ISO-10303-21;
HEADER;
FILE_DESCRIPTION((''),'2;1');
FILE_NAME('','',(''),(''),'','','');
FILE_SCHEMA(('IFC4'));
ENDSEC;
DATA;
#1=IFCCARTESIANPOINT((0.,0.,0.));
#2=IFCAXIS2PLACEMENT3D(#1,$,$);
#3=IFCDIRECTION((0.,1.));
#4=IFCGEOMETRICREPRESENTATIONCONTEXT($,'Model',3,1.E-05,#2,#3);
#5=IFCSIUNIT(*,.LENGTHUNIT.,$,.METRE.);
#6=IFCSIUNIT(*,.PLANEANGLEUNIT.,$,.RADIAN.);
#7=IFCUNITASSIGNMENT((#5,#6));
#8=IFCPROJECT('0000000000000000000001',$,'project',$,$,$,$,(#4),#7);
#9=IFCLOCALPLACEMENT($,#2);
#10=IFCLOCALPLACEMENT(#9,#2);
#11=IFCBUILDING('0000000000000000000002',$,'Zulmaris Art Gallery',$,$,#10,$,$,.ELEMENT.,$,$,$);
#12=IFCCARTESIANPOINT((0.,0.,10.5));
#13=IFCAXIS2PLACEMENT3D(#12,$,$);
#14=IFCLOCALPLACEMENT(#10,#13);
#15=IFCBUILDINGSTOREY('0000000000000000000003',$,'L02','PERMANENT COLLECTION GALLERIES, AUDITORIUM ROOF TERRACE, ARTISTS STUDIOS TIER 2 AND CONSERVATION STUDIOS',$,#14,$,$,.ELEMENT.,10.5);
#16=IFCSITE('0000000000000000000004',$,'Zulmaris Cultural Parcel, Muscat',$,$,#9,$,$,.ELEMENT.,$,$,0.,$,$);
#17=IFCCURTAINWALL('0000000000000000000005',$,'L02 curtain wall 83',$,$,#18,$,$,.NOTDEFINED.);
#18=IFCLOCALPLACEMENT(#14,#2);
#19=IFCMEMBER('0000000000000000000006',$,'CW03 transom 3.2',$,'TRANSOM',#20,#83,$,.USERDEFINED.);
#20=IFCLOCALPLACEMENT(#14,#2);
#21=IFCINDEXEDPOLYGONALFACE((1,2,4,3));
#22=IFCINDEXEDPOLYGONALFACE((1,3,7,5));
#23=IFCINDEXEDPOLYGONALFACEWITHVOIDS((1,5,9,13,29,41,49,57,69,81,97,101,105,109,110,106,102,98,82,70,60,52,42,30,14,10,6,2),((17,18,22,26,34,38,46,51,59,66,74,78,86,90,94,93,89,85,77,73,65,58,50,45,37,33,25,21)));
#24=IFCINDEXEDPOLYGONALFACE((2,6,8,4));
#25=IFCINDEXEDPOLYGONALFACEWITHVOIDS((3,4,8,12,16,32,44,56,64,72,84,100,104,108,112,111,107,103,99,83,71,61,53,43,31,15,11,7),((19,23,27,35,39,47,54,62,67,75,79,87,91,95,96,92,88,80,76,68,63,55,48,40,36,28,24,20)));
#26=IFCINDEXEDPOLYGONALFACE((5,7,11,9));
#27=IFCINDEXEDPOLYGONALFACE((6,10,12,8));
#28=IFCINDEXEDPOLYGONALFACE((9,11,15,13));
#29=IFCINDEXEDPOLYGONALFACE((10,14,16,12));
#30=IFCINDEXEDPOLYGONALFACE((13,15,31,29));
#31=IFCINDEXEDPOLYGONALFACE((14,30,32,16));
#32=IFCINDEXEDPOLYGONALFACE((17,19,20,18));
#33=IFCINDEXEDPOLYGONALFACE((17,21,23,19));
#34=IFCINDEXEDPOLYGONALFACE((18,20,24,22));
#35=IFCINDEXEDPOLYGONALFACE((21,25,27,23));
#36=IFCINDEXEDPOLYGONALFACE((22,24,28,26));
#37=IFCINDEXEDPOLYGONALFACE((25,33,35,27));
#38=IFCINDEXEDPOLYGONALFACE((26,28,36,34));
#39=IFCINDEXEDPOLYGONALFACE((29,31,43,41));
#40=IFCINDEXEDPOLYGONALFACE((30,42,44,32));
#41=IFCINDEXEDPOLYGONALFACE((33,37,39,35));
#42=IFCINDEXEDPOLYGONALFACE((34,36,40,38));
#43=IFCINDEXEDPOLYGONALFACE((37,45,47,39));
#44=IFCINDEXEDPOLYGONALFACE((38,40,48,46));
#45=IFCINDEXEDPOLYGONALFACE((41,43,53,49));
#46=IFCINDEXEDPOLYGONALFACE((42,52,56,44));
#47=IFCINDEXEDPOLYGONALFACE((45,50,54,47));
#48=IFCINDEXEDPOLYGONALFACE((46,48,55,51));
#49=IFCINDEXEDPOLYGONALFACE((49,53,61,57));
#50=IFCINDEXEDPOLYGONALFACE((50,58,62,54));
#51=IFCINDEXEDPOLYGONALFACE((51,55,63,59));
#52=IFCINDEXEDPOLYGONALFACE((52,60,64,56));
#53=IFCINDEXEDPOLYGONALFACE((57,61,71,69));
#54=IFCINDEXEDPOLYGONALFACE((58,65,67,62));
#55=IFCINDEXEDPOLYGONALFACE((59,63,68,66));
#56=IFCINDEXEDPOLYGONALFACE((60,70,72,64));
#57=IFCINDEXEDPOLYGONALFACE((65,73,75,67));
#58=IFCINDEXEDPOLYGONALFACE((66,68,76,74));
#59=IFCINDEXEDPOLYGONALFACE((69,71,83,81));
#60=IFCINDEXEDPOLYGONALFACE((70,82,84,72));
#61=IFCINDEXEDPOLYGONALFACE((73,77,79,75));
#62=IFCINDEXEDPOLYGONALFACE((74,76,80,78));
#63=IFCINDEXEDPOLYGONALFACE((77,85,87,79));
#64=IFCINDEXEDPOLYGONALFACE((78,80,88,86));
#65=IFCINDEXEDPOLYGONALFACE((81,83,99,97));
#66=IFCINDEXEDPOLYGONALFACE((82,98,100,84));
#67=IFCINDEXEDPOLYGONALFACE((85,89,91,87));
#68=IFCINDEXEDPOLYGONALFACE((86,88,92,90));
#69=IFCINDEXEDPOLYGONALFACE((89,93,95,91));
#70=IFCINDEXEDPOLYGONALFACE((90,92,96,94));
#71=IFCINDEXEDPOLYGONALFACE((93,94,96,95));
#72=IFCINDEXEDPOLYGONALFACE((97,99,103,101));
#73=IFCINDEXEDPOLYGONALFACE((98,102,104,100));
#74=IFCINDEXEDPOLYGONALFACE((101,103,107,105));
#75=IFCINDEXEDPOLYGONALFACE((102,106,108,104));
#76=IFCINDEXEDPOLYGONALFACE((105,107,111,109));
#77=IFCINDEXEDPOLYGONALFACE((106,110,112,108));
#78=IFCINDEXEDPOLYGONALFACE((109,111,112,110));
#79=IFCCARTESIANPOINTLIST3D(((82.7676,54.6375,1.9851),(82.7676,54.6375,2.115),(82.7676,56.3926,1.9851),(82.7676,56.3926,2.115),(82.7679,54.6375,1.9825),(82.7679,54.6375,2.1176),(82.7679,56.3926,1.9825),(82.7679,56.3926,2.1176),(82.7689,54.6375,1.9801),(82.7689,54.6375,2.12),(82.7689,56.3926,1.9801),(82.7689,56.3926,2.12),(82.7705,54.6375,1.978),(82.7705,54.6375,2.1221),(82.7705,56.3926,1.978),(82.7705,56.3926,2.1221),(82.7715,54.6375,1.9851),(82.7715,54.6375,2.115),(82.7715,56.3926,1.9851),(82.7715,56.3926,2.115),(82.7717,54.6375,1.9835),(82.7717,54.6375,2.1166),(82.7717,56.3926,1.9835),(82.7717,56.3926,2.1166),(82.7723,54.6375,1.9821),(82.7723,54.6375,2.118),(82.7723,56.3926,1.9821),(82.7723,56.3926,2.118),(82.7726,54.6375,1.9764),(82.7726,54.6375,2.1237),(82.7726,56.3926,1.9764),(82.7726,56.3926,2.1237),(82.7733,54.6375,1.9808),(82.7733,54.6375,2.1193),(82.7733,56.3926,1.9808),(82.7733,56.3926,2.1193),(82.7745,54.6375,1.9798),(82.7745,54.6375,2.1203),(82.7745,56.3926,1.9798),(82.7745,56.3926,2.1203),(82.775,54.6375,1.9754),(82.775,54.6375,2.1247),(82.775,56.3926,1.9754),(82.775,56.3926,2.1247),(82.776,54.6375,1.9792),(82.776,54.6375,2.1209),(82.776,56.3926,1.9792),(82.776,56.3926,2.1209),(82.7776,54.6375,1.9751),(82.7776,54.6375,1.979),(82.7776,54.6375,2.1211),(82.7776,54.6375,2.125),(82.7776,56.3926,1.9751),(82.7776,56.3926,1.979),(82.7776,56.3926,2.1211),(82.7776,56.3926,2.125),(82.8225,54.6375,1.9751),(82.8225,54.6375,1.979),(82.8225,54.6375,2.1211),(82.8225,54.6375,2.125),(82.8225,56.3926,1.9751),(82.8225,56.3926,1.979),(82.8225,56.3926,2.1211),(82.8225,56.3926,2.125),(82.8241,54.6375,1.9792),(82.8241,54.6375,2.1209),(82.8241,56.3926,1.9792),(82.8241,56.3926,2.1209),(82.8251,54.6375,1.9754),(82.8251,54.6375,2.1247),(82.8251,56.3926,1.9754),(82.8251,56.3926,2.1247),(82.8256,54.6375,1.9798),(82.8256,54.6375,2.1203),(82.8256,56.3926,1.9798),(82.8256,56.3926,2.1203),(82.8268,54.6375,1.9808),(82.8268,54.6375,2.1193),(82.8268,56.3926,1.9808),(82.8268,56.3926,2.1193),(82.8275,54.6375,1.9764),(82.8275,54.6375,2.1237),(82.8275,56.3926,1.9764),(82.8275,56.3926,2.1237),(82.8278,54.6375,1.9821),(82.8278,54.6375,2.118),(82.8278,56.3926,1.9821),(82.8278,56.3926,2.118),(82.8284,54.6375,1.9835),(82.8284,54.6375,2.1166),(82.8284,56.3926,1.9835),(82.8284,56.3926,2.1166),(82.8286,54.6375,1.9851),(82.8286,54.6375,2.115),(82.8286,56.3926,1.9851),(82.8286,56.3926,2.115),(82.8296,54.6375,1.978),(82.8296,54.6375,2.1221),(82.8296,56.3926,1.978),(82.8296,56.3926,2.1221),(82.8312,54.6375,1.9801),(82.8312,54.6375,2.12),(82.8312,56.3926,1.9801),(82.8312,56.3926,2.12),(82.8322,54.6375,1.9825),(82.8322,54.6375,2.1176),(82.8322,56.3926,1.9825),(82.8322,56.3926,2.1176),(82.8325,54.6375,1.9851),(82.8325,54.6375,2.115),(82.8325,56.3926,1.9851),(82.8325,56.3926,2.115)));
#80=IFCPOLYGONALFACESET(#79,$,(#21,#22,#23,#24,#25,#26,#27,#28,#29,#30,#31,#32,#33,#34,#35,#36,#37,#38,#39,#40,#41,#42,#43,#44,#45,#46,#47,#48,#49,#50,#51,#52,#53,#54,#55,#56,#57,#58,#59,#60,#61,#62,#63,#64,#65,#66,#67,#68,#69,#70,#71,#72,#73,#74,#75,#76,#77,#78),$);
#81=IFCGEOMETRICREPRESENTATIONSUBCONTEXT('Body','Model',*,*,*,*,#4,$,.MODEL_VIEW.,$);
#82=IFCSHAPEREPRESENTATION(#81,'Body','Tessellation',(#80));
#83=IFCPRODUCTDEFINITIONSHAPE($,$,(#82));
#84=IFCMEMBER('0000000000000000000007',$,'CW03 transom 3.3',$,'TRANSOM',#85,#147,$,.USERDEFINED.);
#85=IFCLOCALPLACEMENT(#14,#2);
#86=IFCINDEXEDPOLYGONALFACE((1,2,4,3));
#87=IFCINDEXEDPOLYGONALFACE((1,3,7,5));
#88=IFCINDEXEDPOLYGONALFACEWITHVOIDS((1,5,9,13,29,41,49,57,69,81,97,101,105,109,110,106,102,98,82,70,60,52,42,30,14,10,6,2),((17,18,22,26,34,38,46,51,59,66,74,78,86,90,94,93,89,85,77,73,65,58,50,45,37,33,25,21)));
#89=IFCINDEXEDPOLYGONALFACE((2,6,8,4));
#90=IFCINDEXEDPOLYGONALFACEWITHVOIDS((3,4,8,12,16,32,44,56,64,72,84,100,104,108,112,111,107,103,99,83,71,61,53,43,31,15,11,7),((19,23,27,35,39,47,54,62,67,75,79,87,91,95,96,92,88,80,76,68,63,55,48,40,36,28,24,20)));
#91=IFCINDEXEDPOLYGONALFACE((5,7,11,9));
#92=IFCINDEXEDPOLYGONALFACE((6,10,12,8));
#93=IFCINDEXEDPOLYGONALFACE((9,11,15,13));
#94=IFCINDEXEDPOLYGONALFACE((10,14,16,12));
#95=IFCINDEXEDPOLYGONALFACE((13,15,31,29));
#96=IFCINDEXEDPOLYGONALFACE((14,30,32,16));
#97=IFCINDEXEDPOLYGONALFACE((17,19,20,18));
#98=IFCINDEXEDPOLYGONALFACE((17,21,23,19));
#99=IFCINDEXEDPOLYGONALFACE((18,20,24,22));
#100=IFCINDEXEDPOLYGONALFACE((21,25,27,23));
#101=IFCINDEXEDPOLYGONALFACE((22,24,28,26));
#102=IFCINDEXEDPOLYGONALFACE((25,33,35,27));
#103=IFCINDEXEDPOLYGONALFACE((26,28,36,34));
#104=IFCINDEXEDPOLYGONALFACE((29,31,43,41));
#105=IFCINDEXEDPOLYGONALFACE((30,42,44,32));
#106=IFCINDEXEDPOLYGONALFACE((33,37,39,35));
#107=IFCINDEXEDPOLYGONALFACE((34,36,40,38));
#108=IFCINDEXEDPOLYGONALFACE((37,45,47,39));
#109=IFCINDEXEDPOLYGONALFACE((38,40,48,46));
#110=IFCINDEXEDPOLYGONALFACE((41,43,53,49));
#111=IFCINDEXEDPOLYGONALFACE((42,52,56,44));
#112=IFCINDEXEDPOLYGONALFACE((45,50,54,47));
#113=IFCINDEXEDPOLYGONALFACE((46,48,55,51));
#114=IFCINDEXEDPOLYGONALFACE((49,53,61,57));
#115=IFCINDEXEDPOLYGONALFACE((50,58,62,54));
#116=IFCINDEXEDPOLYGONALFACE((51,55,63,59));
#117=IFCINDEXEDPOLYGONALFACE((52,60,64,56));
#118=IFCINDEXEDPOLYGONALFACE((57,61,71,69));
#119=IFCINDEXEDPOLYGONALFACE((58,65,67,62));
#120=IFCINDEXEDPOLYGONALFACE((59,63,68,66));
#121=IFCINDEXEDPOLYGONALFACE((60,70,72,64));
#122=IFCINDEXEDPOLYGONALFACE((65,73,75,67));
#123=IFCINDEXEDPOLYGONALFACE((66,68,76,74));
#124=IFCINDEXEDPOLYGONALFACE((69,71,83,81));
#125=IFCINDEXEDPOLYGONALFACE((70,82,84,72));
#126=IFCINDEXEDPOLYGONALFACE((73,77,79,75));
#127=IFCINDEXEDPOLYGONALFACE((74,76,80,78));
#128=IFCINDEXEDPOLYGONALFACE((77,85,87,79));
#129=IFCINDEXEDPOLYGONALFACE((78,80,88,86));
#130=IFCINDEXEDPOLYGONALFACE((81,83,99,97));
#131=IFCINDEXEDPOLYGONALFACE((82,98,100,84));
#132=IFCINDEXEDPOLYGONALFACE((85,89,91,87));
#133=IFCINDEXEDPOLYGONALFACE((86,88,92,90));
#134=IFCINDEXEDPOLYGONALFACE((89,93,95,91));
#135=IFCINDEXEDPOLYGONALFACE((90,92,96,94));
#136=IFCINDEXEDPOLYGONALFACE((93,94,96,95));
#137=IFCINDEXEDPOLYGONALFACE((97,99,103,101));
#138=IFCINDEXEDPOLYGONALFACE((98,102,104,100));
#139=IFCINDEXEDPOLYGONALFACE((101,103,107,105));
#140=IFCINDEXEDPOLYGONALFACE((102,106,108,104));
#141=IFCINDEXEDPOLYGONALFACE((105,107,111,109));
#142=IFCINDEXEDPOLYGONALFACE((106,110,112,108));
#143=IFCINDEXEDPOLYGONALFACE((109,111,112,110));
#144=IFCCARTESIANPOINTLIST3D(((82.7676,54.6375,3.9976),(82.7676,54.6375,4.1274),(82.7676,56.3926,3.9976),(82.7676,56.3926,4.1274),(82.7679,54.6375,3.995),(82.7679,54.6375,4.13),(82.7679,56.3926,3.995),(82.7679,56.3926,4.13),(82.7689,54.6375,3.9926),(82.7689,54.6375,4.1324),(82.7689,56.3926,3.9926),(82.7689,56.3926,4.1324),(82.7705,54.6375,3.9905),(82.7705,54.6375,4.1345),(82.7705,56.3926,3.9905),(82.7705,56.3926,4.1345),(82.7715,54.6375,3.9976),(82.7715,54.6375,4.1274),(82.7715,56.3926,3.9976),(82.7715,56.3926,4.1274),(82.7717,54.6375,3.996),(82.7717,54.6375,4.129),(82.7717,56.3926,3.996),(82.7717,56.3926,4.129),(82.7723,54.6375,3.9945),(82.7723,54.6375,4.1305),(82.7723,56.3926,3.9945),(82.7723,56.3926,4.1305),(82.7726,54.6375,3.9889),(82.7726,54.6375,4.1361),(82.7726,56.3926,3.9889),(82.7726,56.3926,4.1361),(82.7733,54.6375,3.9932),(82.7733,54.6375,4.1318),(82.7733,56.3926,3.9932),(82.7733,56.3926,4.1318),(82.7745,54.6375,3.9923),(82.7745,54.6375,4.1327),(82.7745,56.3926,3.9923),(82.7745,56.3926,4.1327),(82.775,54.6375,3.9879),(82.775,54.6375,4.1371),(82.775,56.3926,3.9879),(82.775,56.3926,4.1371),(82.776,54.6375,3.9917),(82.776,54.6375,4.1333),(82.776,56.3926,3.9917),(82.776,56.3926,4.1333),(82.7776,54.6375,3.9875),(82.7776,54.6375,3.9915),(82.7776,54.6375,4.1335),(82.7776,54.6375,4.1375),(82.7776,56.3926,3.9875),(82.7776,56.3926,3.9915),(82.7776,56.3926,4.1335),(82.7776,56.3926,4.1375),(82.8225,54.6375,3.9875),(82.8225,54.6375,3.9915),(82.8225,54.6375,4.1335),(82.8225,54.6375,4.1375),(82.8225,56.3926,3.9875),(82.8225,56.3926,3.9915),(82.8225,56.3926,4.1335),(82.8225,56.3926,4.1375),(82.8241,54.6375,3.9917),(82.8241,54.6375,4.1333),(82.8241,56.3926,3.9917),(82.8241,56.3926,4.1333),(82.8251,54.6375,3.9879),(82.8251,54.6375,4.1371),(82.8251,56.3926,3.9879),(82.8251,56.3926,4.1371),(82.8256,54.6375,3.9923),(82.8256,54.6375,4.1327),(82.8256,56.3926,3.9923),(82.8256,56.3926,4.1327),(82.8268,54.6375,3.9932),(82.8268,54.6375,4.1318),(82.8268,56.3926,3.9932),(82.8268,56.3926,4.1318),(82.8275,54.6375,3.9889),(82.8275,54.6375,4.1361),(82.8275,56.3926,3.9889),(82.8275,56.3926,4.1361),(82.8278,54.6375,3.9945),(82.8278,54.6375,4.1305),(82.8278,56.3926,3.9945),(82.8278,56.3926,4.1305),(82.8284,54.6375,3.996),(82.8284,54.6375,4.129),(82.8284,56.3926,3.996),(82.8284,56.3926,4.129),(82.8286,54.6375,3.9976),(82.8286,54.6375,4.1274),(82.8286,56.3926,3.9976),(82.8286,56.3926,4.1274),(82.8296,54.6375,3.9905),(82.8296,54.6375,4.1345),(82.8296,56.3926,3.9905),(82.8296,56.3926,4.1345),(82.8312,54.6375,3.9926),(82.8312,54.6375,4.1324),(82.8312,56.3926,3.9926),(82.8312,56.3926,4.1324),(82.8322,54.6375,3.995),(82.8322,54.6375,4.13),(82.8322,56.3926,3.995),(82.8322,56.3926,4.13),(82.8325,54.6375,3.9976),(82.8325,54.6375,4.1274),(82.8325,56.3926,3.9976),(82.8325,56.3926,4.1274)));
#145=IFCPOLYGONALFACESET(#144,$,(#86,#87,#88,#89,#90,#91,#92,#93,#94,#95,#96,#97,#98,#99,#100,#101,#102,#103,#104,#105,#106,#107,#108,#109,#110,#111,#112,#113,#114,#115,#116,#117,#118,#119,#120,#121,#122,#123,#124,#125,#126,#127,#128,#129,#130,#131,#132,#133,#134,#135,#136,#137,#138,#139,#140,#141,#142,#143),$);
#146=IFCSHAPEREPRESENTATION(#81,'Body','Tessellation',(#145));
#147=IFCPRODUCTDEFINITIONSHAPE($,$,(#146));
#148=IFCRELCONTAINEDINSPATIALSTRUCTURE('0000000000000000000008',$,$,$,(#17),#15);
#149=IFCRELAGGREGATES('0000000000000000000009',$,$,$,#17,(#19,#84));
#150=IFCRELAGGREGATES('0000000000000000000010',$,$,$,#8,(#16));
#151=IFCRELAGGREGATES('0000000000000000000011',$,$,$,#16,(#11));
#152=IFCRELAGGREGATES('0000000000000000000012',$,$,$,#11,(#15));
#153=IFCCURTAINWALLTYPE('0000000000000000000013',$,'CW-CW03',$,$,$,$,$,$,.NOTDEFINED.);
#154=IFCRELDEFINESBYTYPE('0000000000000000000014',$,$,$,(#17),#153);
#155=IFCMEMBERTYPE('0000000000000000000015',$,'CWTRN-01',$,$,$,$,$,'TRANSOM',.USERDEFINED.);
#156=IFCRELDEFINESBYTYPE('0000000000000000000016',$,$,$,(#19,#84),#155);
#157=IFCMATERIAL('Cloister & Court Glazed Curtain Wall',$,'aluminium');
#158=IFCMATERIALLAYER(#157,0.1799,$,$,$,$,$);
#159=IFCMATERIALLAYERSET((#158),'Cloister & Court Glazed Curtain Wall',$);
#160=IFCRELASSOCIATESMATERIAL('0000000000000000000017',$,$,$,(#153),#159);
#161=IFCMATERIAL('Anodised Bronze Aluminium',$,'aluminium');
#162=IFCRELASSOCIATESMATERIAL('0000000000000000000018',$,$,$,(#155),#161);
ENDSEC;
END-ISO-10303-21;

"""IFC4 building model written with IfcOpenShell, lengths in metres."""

from ifc_helpers import new_model, si_unit, direction, frame, origin, origin_2d, place, context, subcontext, project, spatial, hollow_rectangle, extrude, material, layer, layer_set, material_profile, profile_set, type_object, element, aggregate, save


model = new_model("IFC4")

# Units and contexts
model_context = context("Model", 3, precision=1e-05, world=origin(), true_north=direction((0.0, 1.0)))
body_context = subcontext(model_context, "Body", "Model", "MODEL_VIEW")
ifc_project = project(units=[si_unit("LENGTHUNIT", "METRE"), si_unit("PLANEANGLEUNIT", "RADIAN")], contexts=[model_context])

# Site, building, storey
site_placement = place(None, origin())
site = spatial("IfcSite", under=ifc_project, at=site_placement, Name="Zulmaris Cultural Parcel, Muscat", CompositionType="ELEMENT", RefElevation=0.0)
building_placement = place(site_placement, origin())
building = spatial("IfcBuilding", under=site, at=building_placement, Name="Zulmaris Art Gallery", CompositionType="ELEMENT")
storey_placement = place(building_placement, frame((0.0, 0.0, 10.5)))
storey = spatial("IfcBuildingStorey", under=building, at=storey_placement, Name="L02", Description="PERMANENT COLLECTION GALLERIES, AUDITORIUM ROOF TERRACE, ARTISTS STUDIOS TIER 2 AND CONSERVATION STUDIOS", CompositionType="ELEMENT", Elevation=10.5)

# Curtain wall
ifc_material_1 = material(Name="Cloister & Court Glazed Curtain Wall", Category="aluminium")
ifc_layer_1 = layer(ifc_material_1, 0.1799)
ifc_layer_set_1 = layer_set([ifc_layer_1], Name="Cloister & Court Glazed Curtain Wall")
curtain_wall_type = type_object("IfcCurtainWallType", Name="CW-CW03", PredefinedType="NOTDEFINED", material=ifc_layer_set_1)
curtain_wall_1_placement = place(storey_placement, origin())
curtain_wall_1 = element("IfcCurtainWall", 1, at=curtain_wall_1_placement, inside=storey, type_object=curtain_wall_type, Name="L02 curtain wall 83", PredefinedType="NOTDEFINED")
ifc_material_2 = material(Name="Anodised Bronze Aluminium", Category="aluminium")

# Members
ifc_material_profile_1 = material_profile(ifc_material_2, hollow_rectangle(XDim=0.0649, YDim=0.1499, WallThickness=0.0039, InnerFilletRadius=0.0061, OuterFilletRadius=0.01, at=origin_2d()), Name="ALU 65x150x4")
ifc_profile_set_1 = profile_set([ifc_material_profile_1], Name="Anodised Bronze Aluminium")
member_type_1 = type_object("IfcMemberType", Name="CWTRN-01", ElementType="TRANSOM", PredefinedType="USERDEFINED", material=ifc_profile_set_1)
member_1_placement = place(storey_placement, frame((82.8, 54.6375, 2.05), z_axis=(0.0, 1.0, 0.0), x_axis=(-1.0, 0.0, 0.0)))
member_1 = element("IfcMember", 2, at=member_1_placement, type_object=member_type_1, Name="CW03 transom 3.2", ObjectType="TRANSOM", PredefinedType="USERDEFINED", context=body_context, shape_type="SweptSolid", body=[
    extrude(hollow_rectangle(XDim=0.0649, YDim=0.1499, WallThickness=0.0039, InnerFilletRadius=0.0061, OuterFilletRadius=0.01, at=origin_2d()), origin(), (0.0, 0.0, 1.0), 1.7551),
])
member_2_placement = place(storey_placement, frame((82.8, 54.6375, 4.0625), z_axis=(0.0, 1.0, 0.0), x_axis=(-1.0, 0.0, 0.0)))
member_2 = element("IfcMember", 3, at=member_2_placement, type_object=member_type_1, Name="CW03 transom 3.3", ObjectType="TRANSOM", PredefinedType="USERDEFINED", context=body_context, shape_type="SweptSolid", body=[
    extrude(hollow_rectangle(XDim=0.0649, YDim=0.1499, WallThickness=0.0039, InnerFilletRadius=0.0061, OuterFilletRadius=0.01, at=origin_2d()), origin(), (0.0, 0.0, 1.0), 1.7551),
])

aggregate(curtain_wall_1, [member_1, member_2])

save(model, "model.ifc")
